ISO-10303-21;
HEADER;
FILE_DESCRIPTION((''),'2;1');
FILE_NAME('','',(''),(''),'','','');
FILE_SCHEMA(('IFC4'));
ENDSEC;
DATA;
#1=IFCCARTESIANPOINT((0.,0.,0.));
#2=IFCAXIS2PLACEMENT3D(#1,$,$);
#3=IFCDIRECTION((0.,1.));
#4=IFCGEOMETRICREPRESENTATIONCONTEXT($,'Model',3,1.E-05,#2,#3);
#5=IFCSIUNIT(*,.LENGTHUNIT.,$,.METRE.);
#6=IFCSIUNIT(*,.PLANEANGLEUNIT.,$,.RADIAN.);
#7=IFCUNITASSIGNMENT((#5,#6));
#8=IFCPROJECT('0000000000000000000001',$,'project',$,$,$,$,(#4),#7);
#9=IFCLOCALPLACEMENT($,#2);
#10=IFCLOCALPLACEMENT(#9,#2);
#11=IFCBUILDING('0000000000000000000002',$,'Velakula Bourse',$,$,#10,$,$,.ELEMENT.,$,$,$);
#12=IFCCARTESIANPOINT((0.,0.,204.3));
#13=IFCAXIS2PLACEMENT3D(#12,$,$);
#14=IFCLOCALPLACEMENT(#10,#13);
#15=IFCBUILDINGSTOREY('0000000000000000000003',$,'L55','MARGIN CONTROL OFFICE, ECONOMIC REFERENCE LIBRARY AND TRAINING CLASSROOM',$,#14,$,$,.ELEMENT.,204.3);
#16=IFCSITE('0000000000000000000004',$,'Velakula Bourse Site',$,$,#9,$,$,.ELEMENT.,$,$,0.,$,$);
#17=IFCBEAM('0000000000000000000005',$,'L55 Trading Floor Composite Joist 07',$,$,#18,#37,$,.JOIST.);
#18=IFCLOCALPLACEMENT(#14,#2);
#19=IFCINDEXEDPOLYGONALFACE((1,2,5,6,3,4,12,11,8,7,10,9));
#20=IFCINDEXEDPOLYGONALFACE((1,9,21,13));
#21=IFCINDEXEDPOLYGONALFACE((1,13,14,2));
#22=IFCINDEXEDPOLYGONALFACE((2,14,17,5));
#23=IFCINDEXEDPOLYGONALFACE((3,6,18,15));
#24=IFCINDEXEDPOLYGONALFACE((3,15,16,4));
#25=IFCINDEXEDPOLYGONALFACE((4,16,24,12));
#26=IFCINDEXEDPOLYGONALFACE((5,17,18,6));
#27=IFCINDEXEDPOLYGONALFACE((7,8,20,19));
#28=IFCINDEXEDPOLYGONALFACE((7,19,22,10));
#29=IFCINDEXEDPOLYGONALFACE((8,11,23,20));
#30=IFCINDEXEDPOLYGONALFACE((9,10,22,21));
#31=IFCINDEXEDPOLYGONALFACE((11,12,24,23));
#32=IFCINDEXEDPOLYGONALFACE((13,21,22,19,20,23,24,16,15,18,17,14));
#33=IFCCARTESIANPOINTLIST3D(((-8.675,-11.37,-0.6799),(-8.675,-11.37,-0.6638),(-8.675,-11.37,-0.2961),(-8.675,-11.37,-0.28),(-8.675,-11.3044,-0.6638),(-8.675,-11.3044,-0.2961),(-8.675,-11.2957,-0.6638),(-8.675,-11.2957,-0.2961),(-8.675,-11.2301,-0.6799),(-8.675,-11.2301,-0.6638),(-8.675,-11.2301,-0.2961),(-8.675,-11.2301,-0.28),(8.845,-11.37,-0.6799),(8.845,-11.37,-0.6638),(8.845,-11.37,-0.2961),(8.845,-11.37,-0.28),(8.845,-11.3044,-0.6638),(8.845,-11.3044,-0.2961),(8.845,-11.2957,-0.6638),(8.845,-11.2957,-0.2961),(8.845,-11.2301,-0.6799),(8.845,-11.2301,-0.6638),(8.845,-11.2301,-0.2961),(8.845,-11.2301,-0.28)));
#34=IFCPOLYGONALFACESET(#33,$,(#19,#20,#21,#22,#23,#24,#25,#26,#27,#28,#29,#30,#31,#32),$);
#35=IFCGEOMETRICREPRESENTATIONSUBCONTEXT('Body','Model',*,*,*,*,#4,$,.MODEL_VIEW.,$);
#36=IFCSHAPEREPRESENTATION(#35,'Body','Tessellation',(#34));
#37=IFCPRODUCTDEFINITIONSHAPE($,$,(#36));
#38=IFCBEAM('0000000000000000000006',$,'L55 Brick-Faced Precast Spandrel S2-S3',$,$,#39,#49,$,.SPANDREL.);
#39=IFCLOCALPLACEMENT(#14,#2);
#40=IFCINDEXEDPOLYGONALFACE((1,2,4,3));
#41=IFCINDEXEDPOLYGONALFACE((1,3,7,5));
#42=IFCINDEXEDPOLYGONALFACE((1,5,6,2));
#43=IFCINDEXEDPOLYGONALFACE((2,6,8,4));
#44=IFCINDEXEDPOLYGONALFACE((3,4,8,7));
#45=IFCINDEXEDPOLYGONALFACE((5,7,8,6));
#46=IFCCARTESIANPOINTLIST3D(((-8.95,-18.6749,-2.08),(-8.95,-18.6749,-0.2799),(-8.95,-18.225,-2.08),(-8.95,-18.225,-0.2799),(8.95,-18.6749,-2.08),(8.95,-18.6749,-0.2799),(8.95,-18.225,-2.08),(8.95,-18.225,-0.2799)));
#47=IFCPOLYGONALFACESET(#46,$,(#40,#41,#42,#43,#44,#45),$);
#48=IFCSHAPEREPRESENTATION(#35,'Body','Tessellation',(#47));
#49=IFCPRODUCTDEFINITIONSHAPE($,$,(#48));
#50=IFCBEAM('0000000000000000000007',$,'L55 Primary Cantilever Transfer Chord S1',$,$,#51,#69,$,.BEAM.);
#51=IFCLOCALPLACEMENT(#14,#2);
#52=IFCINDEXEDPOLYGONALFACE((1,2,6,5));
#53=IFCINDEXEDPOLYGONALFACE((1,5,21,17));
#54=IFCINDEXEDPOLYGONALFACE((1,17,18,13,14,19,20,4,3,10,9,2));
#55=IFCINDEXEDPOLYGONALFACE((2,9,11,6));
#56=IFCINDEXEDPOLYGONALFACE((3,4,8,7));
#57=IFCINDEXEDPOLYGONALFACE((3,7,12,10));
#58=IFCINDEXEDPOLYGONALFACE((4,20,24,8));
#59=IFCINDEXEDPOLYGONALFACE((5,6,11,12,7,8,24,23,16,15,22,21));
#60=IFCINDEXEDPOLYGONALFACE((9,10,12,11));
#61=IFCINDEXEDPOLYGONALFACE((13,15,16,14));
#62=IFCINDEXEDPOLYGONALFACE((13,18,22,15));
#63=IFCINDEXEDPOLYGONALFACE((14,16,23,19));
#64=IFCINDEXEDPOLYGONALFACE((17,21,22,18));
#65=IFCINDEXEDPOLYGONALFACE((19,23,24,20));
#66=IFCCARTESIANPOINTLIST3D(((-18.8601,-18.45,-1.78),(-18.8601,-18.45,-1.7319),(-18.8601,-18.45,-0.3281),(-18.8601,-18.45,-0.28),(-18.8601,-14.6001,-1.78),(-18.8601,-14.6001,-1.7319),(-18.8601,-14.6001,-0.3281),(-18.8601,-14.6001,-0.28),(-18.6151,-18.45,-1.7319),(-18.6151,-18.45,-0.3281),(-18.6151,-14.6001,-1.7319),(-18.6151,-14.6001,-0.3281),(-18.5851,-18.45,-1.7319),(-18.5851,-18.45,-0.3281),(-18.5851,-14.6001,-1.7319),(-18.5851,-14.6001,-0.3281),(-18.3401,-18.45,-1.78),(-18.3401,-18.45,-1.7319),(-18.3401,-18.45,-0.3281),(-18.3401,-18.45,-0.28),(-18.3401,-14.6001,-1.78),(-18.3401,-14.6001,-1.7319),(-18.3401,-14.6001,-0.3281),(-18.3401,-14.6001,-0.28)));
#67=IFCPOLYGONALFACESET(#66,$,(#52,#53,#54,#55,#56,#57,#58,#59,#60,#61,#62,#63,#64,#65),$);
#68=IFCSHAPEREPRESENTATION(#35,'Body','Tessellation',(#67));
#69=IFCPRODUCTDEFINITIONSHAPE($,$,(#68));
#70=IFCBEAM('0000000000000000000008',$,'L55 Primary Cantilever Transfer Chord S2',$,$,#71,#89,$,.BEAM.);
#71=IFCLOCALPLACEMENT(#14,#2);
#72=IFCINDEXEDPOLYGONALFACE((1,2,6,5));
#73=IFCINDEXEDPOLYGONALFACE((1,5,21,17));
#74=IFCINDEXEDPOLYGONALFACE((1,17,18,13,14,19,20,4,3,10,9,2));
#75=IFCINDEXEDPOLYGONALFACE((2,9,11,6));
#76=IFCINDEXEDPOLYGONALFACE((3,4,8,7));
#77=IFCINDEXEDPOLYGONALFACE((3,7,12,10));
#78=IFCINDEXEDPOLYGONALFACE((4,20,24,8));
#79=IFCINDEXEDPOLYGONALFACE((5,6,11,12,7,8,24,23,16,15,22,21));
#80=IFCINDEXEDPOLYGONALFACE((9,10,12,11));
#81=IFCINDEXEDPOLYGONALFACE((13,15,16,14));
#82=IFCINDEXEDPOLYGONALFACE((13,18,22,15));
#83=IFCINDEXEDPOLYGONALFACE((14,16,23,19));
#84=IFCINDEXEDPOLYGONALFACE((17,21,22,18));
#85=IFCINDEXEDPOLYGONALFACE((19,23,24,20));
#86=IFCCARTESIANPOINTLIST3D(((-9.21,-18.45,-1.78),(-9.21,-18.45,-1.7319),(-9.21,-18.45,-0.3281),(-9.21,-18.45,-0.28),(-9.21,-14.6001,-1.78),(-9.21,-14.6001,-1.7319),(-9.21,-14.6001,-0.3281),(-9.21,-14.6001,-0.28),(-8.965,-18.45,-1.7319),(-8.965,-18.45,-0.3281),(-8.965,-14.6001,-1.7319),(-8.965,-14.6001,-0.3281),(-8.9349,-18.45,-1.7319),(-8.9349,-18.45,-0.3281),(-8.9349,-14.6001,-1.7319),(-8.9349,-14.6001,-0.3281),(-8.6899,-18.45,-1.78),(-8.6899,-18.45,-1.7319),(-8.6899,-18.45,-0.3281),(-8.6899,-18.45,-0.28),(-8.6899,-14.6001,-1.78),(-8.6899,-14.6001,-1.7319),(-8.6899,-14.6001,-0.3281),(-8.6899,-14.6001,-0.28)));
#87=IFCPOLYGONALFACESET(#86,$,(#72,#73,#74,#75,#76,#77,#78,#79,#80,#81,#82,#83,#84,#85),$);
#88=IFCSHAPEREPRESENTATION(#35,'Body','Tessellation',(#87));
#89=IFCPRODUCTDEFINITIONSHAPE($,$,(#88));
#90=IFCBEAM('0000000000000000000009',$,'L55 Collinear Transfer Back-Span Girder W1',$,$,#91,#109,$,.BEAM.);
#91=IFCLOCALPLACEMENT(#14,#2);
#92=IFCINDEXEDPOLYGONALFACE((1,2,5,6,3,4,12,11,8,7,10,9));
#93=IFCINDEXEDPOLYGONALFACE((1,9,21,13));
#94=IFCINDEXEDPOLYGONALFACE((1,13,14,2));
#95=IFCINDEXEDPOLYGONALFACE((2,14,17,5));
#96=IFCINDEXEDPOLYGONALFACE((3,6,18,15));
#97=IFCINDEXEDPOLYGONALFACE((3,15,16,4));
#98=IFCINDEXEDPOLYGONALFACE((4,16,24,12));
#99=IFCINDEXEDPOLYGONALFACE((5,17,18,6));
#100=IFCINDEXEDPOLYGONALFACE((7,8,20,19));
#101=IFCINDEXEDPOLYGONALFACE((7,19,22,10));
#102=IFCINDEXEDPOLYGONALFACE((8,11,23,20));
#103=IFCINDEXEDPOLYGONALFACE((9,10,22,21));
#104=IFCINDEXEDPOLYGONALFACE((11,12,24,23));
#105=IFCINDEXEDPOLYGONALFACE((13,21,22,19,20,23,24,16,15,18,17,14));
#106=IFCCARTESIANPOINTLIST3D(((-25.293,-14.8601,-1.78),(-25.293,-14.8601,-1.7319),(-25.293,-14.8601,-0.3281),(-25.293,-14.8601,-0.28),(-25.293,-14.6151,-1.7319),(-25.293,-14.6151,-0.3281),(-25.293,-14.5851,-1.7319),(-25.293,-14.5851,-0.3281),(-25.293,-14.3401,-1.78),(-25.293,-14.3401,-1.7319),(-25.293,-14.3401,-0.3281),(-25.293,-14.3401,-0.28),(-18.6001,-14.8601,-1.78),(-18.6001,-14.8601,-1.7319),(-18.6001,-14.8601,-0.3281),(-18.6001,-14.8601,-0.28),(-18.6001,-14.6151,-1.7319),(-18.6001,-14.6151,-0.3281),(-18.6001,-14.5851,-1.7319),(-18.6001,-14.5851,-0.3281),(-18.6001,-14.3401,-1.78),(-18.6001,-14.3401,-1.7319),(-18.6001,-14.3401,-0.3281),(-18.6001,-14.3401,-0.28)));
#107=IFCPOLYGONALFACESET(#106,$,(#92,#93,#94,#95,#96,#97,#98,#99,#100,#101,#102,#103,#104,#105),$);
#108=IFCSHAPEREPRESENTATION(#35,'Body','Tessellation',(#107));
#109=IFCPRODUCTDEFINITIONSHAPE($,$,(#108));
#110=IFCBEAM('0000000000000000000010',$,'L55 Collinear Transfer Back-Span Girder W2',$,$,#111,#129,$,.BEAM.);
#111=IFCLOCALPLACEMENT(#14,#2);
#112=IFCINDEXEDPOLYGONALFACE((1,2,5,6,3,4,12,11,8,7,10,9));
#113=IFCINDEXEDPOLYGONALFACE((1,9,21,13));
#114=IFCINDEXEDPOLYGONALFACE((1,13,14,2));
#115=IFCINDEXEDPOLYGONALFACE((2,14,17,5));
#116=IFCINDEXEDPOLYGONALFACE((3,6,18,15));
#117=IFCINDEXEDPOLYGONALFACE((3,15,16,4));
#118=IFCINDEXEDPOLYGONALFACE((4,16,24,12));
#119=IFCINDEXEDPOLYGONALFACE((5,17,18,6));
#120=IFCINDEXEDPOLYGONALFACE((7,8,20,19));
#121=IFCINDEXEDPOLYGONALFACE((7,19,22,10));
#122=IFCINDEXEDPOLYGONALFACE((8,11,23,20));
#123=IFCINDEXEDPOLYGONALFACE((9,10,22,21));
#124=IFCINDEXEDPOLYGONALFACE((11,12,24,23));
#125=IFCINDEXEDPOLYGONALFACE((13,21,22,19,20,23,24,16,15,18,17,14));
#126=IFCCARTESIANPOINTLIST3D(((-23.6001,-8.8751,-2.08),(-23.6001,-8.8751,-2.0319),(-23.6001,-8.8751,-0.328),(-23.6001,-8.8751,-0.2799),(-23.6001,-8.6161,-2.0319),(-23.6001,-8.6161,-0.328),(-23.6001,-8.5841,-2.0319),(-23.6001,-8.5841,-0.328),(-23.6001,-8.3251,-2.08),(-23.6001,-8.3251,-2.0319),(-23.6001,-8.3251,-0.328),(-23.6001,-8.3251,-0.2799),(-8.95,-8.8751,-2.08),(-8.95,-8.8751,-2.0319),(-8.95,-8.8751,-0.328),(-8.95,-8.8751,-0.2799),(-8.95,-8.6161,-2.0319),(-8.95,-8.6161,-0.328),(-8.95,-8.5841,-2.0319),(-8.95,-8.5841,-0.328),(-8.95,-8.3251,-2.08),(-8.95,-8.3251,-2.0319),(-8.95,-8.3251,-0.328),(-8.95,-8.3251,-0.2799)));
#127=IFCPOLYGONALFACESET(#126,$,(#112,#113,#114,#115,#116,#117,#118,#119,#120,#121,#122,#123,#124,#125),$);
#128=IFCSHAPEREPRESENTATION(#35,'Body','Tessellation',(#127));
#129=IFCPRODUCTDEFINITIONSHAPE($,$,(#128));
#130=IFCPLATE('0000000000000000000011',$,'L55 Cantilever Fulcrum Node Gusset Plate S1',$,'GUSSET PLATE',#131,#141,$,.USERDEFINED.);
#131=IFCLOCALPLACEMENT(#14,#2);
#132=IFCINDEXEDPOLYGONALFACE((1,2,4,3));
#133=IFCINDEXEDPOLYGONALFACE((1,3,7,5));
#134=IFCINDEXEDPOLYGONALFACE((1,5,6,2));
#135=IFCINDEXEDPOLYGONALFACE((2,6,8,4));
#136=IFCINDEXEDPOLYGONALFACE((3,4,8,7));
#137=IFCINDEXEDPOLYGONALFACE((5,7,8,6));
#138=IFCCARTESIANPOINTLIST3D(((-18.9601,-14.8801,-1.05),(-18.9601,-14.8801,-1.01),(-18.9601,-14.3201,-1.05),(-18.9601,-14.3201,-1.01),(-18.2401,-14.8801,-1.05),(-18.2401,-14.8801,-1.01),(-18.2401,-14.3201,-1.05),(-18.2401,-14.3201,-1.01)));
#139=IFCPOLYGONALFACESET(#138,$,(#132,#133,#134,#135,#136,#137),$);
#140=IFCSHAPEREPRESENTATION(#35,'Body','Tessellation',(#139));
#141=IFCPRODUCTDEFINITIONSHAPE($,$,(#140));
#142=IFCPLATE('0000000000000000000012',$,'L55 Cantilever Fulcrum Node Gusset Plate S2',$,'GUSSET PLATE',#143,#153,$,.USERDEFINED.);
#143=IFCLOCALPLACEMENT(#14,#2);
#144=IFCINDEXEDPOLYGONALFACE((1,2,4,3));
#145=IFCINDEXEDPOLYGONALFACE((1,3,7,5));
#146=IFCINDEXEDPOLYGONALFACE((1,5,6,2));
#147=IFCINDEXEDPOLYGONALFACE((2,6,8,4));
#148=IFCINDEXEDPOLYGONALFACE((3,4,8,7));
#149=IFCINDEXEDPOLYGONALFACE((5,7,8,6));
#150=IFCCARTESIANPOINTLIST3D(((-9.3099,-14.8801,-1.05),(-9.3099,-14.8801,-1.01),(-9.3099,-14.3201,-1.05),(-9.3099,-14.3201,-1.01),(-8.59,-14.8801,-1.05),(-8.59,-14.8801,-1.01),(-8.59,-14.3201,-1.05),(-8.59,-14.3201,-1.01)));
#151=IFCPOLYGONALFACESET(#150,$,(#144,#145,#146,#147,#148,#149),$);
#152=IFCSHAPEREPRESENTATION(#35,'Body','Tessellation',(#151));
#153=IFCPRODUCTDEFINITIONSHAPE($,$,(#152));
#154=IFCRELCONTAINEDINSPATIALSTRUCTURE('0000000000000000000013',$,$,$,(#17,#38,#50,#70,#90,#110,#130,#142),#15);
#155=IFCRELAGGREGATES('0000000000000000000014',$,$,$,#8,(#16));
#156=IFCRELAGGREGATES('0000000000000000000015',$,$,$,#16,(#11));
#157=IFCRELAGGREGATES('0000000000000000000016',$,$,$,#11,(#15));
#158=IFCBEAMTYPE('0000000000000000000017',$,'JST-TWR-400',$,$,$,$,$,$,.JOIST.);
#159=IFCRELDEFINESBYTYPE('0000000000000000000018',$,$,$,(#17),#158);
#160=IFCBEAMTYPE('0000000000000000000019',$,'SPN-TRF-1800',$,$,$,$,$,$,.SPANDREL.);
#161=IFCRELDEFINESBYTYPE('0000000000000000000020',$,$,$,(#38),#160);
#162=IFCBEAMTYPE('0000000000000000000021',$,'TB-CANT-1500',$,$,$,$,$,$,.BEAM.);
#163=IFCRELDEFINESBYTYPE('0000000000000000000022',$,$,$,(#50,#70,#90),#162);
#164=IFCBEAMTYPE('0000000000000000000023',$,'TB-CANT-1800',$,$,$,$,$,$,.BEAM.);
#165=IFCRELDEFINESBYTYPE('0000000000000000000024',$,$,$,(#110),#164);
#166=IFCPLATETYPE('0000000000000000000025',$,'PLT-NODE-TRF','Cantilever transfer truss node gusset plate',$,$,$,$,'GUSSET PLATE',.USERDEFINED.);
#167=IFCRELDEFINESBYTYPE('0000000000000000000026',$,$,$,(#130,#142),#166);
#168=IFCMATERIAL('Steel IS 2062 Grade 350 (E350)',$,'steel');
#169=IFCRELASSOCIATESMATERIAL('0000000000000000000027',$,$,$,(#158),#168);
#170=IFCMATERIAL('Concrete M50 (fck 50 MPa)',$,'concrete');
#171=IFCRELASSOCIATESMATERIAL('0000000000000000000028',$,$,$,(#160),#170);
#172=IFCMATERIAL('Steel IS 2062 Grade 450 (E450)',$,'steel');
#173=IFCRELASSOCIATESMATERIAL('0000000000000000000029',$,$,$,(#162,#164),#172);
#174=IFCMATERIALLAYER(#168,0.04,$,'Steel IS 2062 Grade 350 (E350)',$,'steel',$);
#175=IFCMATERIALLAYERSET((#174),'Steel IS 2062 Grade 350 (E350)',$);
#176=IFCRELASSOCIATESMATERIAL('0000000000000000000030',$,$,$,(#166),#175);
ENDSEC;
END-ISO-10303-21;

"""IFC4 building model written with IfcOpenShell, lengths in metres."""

from ifc_helpers import new_model, si_unit, direction, frame, origin, origin_2d, place, context, subcontext, project, spatial, rectangle, i_section, extrude, material, layer, layer_set, material_profile, profile_set, type_object, element, save


model = new_model("IFC4")

# Units and contexts
model_context = context("Model", 3, precision=1e-05, world=origin(), true_north=direction((0.0, 1.0)))
body_context = subcontext(model_context, "Body", "Model", "MODEL_VIEW")
ifc_project = project(units=[si_unit("LENGTHUNIT", "METRE"), si_unit("PLANEANGLEUNIT", "RADIAN")], contexts=[model_context])

# Site, building, storey
site_placement = place(None, origin())
site = spatial("IfcSite", under=ifc_project, at=site_placement, Name="Velakula Bourse Site", CompositionType="ELEMENT", RefElevation=0.0)
building_placement = place(site_placement, origin())
building = spatial("IfcBuilding", under=site, at=building_placement, Name="Velakula Bourse", CompositionType="ELEMENT")
storey_placement = place(building_placement, frame((0.0, 0.0, 204.3)))
storey = spatial("IfcBuildingStorey", under=building, at=storey_placement, Name="L55", Description="MARGIN CONTROL OFFICE, ECONOMIC REFERENCE LIBRARY AND TRAINING CLASSROOM", CompositionType="ELEMENT", Elevation=204.3)

# Shared definitions
ifc_material_1 = material(Name="Concrete M50 (fck 50 MPa)", Category="concrete")
ifc_material_2 = material(Name="Steel IS 2062 Grade 350 (E350)", Category="steel")

# Beams
ifc_material_profile_1 = material_profile(ifc_material_2, i_section(OverallWidth=0.1399, OverallDepth=0.3999, WebThickness=0.0088, FlangeThickness=0.0161, at=origin_2d()), Name="Steel IS 2062 Grade 350 (E350)")
ifc_profile_set_1 = profile_set([ifc_material_profile_1], Name="Steel IS 2062 Grade 350 (E350)")
beam_type_1 = type_object("IfcBeamType", Name="JST-TWR-400", PredefinedType="JOIST", material=ifc_profile_set_1)
beam_1_placement = place(storey_placement, frame((-8.675, -11.3, -0.48), z_axis=(1.0, 0.0, 0.0), x_axis=(0.0, 1.0, 0.0)))
element("IfcBeam", 1, at=beam_1_placement, inside=storey, type_object=beam_type_1, Name="L55 Trading Floor Composite Joist 07", PredefinedType="JOIST", context=body_context, shape_type="SweptSolid", body=[
    extrude(i_section(OverallWidth=0.1399, OverallDepth=0.3999, WebThickness=0.0088, FlangeThickness=0.0161, at=origin_2d()), origin(), (0.0, 0.0, 1.0), 17.52),
])
ifc_material_profile_2 = material_profile(ifc_material_1, rectangle(XDim=0.45, YDim=1.8, at=origin_2d()), Name="Concrete M50 (fck 50 MPa)")
ifc_profile_set_2 = profile_set([ifc_material_profile_2], Name="Concrete M50 (fck 50 MPa)")
beam_type_2 = type_object("IfcBeamType", Name="SPN-TRF-1800", PredefinedType="SPANDREL", material=ifc_profile_set_2)
beam_2_placement = place(storey_placement, frame((-8.95, -18.45, -1.1799), z_axis=(1.0, 0.0, 0.0), x_axis=(0.0, 1.0, 0.0)))
element("IfcBeam", 2, at=beam_2_placement, inside=storey, type_object=beam_type_2, Name="L55 Brick-Faced Precast Spandrel S2-S3", PredefinedType="SPANDREL", context=body_context, shape_type="SweptSolid", body=[
    extrude(rectangle(XDim=0.45, YDim=1.8, at=origin_2d()), origin(), (0.0, 0.0, 1.0), 17.8999),
])
ifc_material_3 = material(Name="Steel IS 2062 Grade 450 (E450)", Category="steel")
ifc_material_profile_3 = material_profile(ifc_material_3, i_section(OverallWidth=0.52, OverallDepth=1.5, WebThickness=0.03, FlangeThickness=0.0481, at=origin_2d()), Name="Steel IS 2062 Grade 450 (E450)")
ifc_profile_set_3 = profile_set([ifc_material_profile_3], Name="Steel IS 2062 Grade 450 (E450)")
beam_type_3 = type_object("IfcBeamType", Name="TB-CANT-1500", PredefinedType="BEAM", material=ifc_profile_set_3)
for number, where, z_axis, x_axis, name in (
    (3, (-18.6001, -14.6001, -1.03), (0.0, -1.0, 0.0), (1.0, 0.0, 0.0), "L55 Primary Cantilever Transfer Chord S1"),
    (4, (-8.95, -14.6001, -1.03), (0.0, -1.0, 0.0), (1.0, 0.0, 0.0), "L55 Primary Cantilever Transfer Chord S2"),
):
    element("IfcBeam", number, at=place(storey_placement, frame(where, z_axis=z_axis, x_axis=x_axis)), inside=storey, type_object=beam_type_3, Name=name, PredefinedType="BEAM", context=body_context, shape_type="SweptSolid", body=[
        extrude(i_section(OverallWidth=0.52, OverallDepth=1.5, WebThickness=0.03, FlangeThickness=0.0481, at=origin_2d()), origin(), (0.0, 0.0, 1.0), 3.8499),
    ])
beam_3_placement = place(storey_placement, frame((-18.6001, -14.6001, -1.03), z_axis=(-1.0, 0.0, 0.0), x_axis=(0.0, -1.0, 0.0)))
element("IfcBeam", 5, at=beam_3_placement, inside=storey, type_object=beam_type_3, Name="L55 Collinear Transfer Back-Span Girder W1", PredefinedType="BEAM", context=body_context, shape_type="SweptSolid", body=[
    extrude(i_section(OverallWidth=0.52, OverallDepth=1.5, WebThickness=0.03, FlangeThickness=0.0481, at=origin_2d()), origin(), (0.0, 0.0, 1.0), 6.6929),
])
ifc_material_profile_4 = material_profile(ifc_material_3, i_section(OverallWidth=0.55, OverallDepth=1.8, WebThickness=0.032, FlangeThickness=0.0481, at=origin_2d()), Name="Steel IS 2062 Grade 450 (E450)")
ifc_profile_set_4 = profile_set([ifc_material_profile_4], Name="Steel IS 2062 Grade 450 (E450)")
beam_type_4 = type_object("IfcBeamType", Name="TB-CANT-1800", PredefinedType="BEAM", material=ifc_profile_set_4)
beam_4_placement = place(storey_placement, frame((-8.95, -8.6001, -1.1799), z_axis=(-1.0, 0.0, 0.0), x_axis=(0.0, -1.0, 0.0)))
element("IfcBeam", 6, at=beam_4_placement, inside=storey, type_object=beam_type_4, Name="L55 Collinear Transfer Back-Span Girder W2", PredefinedType="BEAM", context=body_context, shape_type="SweptSolid", body=[
    extrude(i_section(OverallWidth=0.55, OverallDepth=1.8, WebThickness=0.032, FlangeThickness=0.0481, at=origin_2d()), origin(), (0.0, 0.0, 1.0), 14.6501),
])

# Plates
ifc_layer_1 = layer(ifc_material_2, 0.04, Name="Steel IS 2062 Grade 350 (E350)", Category="steel")
ifc_layer_set_1 = layer_set([ifc_layer_1], Name="Steel IS 2062 Grade 350 (E350)")
plate_type = type_object("IfcPlateType", Name="PLT-NODE-TRF", Description="Cantilever transfer truss node gusset plate", ElementType="GUSSET PLATE", PredefinedType="USERDEFINED", material=ifc_layer_set_1)
for number, where, z_axis, x_axis, name in (
    (7, (-18.6001, -14.6001, -1.05), (0.0, 0.0, 1.0), (0.0, 1.0, 0.0), "L55 Cantilever Fulcrum Node Gusset Plate S1"),
    (8, (-8.95, -14.6001, -1.05), (0.0, 0.0, 1.0), (0.0, 1.0, 0.0), "L55 Cantilever Fulcrum Node Gusset Plate S2"),
):
    element("IfcPlate", number, at=place(storey_placement, frame(where, z_axis=z_axis, x_axis=x_axis)), inside=storey, type_object=plate_type, Name=name, ObjectType="GUSSET PLATE", PredefinedType="USERDEFINED", context=body_context, shape_type="SweptSolid", body=[
        extrude(rectangle(XDim=0.5601, YDim=0.72, at=origin_2d()), origin(), (0.0, 0.0, 1.0), 0.04),
    ])

save(model, "model.ifc")
